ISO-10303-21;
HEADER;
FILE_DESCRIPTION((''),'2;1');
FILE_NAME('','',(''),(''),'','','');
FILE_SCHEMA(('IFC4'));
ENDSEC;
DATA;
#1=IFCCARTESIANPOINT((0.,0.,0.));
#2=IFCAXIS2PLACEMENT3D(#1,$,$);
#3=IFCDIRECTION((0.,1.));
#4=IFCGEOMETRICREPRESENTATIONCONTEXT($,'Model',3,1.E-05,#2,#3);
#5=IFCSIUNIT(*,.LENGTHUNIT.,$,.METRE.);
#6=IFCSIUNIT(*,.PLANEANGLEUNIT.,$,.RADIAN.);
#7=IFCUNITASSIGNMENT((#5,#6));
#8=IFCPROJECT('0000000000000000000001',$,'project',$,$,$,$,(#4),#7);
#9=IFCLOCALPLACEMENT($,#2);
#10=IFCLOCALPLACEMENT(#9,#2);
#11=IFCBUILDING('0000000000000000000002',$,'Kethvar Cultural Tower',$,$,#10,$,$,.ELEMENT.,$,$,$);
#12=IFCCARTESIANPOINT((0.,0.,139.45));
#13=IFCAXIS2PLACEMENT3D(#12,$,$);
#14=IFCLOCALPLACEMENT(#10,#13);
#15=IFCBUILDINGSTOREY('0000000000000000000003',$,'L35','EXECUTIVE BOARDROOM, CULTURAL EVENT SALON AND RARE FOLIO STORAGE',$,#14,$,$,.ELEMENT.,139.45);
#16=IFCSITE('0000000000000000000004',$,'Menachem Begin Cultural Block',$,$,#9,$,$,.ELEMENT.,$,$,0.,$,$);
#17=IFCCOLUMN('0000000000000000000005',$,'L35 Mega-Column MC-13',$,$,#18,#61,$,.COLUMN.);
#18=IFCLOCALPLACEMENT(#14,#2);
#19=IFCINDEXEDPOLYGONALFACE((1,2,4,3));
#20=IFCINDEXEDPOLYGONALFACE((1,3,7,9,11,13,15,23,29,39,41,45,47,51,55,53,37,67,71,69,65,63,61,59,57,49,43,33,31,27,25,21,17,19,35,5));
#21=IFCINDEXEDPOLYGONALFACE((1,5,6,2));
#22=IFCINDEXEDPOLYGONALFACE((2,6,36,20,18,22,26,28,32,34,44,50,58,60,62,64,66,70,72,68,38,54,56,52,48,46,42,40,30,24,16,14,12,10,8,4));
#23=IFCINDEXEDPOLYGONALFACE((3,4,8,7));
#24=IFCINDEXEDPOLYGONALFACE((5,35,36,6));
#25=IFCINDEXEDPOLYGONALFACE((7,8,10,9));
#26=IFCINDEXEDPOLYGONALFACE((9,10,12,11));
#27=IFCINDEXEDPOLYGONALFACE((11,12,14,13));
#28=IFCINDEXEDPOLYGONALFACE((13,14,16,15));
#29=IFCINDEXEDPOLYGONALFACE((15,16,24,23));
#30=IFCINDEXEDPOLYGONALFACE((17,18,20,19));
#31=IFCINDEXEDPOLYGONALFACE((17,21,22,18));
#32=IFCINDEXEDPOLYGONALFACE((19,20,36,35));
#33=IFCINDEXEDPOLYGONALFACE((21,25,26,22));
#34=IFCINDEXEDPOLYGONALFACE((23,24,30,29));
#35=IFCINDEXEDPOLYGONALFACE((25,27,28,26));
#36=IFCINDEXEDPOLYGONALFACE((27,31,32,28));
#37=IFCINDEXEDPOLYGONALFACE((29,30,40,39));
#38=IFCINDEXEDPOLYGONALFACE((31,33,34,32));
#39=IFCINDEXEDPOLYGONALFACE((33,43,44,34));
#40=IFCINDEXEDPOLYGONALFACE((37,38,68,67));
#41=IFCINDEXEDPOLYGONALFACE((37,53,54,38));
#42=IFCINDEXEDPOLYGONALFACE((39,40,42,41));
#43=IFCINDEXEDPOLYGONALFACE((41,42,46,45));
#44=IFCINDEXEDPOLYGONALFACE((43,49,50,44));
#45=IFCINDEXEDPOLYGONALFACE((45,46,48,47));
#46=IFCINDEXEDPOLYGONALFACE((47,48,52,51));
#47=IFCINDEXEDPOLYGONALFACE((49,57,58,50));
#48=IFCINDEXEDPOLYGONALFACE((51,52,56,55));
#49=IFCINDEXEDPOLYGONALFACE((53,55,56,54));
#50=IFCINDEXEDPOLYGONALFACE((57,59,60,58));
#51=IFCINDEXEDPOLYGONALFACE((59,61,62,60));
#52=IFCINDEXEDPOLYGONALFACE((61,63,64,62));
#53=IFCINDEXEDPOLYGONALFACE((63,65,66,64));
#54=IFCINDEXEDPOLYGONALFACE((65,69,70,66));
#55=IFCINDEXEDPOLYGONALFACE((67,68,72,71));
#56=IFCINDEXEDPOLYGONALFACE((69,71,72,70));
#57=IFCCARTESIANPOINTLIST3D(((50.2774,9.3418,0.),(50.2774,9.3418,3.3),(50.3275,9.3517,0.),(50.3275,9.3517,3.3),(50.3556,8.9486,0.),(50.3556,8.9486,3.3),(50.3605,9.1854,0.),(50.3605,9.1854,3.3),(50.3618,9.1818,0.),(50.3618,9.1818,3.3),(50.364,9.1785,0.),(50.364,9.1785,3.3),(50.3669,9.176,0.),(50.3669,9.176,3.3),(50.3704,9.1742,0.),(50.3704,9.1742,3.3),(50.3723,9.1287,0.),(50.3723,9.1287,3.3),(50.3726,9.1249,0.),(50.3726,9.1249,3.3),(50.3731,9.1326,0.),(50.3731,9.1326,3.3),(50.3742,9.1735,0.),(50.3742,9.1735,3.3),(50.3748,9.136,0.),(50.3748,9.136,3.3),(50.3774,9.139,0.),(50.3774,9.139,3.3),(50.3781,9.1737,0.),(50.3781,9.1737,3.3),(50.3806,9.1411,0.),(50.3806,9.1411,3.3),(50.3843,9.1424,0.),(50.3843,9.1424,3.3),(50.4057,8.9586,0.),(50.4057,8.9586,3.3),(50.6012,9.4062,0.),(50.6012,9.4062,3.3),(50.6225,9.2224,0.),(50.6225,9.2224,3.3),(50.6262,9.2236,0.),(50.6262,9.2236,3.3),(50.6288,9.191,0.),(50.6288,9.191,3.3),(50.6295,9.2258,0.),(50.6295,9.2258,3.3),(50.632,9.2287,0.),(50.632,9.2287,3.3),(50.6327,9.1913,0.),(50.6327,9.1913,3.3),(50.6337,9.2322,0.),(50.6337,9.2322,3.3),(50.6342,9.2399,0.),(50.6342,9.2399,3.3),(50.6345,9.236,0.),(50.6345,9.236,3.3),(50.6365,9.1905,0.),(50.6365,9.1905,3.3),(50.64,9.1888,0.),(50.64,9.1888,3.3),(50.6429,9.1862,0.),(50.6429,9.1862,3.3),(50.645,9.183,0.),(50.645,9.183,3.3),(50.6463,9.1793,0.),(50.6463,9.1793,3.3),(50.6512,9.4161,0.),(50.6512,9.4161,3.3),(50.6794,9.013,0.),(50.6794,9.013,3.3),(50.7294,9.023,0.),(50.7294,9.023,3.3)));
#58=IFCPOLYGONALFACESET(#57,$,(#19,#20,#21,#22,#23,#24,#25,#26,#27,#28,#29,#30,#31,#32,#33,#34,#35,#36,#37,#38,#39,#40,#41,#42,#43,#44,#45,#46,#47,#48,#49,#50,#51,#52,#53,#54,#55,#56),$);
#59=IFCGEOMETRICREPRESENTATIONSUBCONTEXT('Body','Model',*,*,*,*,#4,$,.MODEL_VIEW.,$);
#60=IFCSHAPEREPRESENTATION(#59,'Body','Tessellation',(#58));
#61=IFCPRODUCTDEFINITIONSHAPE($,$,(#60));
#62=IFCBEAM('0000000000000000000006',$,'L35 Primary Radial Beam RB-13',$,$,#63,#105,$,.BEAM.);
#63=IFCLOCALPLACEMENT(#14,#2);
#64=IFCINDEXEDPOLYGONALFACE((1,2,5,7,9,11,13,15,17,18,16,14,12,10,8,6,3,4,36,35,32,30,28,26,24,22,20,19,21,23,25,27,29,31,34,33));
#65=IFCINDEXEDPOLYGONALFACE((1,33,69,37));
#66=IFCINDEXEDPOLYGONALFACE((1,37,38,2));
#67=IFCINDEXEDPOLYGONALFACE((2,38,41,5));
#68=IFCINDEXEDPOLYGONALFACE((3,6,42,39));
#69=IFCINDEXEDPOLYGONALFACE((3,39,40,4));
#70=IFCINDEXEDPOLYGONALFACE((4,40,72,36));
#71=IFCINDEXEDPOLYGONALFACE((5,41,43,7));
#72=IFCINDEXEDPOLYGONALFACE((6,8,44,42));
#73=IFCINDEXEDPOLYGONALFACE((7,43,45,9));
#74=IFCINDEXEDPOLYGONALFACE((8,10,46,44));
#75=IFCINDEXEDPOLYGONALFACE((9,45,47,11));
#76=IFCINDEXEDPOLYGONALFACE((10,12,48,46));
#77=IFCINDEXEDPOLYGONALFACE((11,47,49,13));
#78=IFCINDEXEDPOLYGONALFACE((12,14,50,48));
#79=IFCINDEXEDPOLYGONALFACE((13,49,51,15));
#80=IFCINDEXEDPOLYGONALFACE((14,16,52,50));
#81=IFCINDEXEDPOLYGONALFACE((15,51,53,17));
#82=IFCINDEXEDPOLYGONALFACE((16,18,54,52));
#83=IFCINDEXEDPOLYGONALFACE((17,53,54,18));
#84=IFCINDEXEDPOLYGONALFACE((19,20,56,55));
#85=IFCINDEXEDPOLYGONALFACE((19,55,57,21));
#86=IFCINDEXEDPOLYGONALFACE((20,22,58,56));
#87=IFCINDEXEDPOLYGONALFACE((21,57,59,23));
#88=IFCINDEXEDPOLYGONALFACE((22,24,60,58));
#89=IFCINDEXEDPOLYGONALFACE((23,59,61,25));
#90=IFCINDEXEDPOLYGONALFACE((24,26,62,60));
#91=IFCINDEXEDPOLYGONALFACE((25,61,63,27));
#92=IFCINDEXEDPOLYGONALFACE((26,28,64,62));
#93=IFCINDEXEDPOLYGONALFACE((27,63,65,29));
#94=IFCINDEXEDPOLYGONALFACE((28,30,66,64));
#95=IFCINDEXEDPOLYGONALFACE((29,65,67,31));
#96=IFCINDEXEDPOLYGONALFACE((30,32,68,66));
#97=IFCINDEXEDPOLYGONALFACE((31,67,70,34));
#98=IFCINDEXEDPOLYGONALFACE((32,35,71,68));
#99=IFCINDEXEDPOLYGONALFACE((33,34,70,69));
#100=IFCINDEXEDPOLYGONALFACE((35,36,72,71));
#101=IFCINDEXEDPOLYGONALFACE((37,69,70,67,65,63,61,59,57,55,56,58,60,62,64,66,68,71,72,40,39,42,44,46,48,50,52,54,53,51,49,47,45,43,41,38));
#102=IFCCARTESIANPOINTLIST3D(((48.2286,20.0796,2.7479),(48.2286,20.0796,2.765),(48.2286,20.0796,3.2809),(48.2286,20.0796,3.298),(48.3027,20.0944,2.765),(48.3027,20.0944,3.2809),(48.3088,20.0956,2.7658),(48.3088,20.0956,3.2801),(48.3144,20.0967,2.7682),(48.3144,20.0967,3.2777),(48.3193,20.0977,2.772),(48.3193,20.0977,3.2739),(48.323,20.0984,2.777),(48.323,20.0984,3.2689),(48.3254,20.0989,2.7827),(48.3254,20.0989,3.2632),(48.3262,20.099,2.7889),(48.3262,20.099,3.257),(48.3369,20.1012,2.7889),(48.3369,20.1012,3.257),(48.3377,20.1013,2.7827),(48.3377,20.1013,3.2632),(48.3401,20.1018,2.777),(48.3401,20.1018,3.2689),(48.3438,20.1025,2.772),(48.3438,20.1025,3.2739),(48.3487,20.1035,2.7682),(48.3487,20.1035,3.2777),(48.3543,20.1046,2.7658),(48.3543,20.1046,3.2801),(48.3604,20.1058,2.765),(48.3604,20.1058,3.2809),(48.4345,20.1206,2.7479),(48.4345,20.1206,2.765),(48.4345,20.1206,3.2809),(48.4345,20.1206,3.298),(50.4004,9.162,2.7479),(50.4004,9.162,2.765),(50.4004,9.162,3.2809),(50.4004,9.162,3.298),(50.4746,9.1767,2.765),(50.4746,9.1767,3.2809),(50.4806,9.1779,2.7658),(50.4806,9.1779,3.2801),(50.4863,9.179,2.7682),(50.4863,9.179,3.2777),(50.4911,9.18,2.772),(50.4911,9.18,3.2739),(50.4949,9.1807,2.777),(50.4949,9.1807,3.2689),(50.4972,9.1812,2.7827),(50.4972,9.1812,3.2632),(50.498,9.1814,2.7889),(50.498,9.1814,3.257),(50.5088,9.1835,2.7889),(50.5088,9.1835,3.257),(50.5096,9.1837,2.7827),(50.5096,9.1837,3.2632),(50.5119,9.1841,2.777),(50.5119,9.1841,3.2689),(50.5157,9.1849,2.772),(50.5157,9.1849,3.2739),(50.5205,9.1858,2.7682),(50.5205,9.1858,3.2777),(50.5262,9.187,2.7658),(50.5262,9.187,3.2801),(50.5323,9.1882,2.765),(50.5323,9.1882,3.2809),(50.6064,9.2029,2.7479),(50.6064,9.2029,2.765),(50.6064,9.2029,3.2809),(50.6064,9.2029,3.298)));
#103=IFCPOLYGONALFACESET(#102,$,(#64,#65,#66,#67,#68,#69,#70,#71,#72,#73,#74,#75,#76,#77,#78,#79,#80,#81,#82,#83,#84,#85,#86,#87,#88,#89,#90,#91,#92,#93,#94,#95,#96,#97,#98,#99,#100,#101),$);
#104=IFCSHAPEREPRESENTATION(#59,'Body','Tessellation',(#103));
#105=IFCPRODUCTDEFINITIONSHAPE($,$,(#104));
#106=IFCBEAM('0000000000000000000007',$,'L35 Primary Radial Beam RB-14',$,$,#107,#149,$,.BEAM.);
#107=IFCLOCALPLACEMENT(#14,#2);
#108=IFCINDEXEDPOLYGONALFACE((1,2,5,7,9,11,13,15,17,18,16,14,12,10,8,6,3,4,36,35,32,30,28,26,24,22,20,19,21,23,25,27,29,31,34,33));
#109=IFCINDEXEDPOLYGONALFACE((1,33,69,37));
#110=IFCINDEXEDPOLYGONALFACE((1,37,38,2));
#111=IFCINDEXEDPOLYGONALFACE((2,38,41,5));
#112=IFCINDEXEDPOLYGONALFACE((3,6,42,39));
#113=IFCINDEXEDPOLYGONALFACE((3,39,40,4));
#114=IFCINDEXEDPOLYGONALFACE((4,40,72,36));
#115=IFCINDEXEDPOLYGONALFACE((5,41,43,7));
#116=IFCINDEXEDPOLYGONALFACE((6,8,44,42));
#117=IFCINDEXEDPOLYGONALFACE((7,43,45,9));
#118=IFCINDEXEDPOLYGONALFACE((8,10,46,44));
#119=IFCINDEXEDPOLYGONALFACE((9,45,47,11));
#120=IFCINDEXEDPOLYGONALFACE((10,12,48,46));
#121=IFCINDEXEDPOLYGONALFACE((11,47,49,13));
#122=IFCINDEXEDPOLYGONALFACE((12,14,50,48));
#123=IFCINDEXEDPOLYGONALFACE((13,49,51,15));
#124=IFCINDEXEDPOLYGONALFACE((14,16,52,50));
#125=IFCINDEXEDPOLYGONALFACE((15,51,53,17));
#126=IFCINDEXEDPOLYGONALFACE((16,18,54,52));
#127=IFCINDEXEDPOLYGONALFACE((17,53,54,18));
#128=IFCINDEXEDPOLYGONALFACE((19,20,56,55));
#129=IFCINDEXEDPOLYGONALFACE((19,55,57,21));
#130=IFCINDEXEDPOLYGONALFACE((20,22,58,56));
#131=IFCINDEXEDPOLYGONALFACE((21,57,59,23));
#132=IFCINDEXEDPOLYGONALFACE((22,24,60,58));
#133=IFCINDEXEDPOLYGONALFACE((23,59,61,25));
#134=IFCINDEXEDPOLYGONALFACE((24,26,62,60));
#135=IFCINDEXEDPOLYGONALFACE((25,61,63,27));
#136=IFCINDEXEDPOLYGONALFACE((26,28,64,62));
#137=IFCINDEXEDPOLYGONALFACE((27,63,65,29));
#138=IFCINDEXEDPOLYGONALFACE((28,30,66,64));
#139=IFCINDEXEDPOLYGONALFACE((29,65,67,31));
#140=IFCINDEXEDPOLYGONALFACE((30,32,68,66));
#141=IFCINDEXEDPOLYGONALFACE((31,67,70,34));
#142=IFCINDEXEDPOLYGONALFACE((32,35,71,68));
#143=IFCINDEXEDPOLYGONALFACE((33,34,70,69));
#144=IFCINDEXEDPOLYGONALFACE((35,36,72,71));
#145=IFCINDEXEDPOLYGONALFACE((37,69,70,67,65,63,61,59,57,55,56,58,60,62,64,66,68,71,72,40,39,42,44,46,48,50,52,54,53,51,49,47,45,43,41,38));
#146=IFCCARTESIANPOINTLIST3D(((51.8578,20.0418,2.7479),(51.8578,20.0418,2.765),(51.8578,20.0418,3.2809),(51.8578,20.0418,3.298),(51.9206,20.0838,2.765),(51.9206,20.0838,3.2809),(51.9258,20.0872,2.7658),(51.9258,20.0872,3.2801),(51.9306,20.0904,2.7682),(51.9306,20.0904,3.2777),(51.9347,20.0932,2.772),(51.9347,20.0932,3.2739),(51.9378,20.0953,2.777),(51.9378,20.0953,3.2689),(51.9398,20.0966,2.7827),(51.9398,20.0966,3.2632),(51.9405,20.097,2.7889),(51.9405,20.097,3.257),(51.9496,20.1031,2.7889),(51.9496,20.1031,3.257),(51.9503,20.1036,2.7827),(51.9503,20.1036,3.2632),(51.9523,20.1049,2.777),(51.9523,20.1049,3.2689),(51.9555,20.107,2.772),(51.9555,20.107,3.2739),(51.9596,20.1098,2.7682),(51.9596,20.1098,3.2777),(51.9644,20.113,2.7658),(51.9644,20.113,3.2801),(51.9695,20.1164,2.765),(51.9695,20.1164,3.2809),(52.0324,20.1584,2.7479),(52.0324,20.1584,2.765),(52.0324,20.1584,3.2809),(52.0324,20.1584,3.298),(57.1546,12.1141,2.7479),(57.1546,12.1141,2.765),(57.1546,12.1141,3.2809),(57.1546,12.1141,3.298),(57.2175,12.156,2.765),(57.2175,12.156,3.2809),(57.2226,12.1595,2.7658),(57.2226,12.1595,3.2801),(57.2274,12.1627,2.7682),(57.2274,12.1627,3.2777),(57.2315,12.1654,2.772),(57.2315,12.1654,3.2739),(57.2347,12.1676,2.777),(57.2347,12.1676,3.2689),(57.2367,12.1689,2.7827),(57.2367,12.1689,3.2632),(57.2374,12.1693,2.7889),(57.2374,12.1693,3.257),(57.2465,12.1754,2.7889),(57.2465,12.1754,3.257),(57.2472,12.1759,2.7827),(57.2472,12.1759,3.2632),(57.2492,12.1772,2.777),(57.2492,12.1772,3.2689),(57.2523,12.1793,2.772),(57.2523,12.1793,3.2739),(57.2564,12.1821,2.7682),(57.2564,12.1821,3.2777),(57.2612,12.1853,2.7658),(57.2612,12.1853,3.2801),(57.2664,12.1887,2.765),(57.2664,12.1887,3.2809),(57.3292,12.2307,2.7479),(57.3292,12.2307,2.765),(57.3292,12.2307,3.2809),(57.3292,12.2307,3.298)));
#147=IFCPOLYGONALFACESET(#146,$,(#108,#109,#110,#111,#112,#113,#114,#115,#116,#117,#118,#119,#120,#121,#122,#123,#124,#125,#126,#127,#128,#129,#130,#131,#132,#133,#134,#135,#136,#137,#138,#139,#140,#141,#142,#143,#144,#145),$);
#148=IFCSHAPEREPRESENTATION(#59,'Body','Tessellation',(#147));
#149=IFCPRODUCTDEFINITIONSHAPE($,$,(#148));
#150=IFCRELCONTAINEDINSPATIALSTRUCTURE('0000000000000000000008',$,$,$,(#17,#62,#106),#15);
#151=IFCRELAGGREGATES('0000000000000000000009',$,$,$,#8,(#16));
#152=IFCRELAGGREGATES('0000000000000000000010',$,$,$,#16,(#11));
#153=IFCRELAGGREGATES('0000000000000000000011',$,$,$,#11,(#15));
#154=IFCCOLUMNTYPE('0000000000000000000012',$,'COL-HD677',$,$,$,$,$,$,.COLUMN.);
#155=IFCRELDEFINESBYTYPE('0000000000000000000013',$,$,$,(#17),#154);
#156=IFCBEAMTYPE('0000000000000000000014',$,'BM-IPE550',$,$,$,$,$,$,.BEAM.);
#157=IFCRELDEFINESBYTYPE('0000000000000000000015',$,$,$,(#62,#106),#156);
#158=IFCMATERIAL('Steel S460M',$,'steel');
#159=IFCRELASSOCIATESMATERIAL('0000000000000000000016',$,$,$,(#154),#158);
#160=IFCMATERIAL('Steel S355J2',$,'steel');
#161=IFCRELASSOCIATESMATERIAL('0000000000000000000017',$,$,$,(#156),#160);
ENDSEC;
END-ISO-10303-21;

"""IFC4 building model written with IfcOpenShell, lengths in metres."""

from ifc_helpers import new_model, si_unit, direction, frame, origin, origin_2d, place, context, subcontext, project, spatial, i_section, extrude, source, transform, mapped, material, material_profile, profile_set, type_object, element, save


model = new_model("IFC4")

# Units and contexts
model_context = context("Model", 3, precision=1e-05, world=origin(), true_north=direction((0.0, 1.0)))
body_context = subcontext(model_context, "Body", "Model", "MODEL_VIEW")
ifc_project = project(units=[si_unit("LENGTHUNIT", "METRE"), si_unit("PLANEANGLEUNIT", "RADIAN")], contexts=[model_context])

# Site, building, storey
site_placement = place(None, origin())
site = spatial("IfcSite", under=ifc_project, at=site_placement, Name="Menachem Begin Cultural Block", CompositionType="ELEMENT", RefElevation=0.0)
building_placement = place(site_placement, origin())
building = spatial("IfcBuilding", under=site, at=building_placement, Name="Kethvar Cultural Tower", CompositionType="ELEMENT")
storey_placement = place(building_placement, frame((0.0, 0.0, 139.45)))
storey = spatial("IfcBuildingStorey", under=building, at=storey_placement, Name="L35", Description="EXECUTIVE BOARDROOM, CULTURAL EVENT SALON AND RARE FOLIO STORAGE", CompositionType="ELEMENT", Elevation=139.45)

# Column
ifc_material_1 = material(Name="Steel S460M", Category="steel")
ifc_material_profile_1 = material_profile(ifc_material_1, i_section(OverallWidth=0.4009, OverallDepth=0.3811, WebThickness=0.032, FlangeThickness=0.051, FilletRadius=0.0149, at=origin_2d()), Name="Steel S460M — HD400x677")
ifc_profile_set_1 = profile_set([ifc_material_profile_1], Name="Steel S460M — HD400x677")
column_type = type_object("IfcColumnType", Name="COL-HD677", PredefinedType="COLUMN", material=ifc_profile_set_1)
shared_shape_1 = source(origin(), body_context, "Body", "SweptSolid", [
    extrude(i_section(OverallWidth=0.4009, OverallDepth=0.3811, WebThickness=0.032, FlangeThickness=0.051, FilletRadius=0.0149, at=origin_2d()), origin(), (0.0, 0.0, 1.0), 3.3),
])
column_placement = place(storey_placement, frame((50.5034, 9.1824, 0.0), z_axis=(0.0, 0.0, 1.0), x_axis=(0.19509, -0.980785, 0.0)))
element("IfcColumn", 1, at=column_placement, inside=storey, type_object=column_type, Name="L35 Mega-Column MC-13", PredefinedType="COLUMN", context=body_context, shape_type="MappedRepresentation", body=[
    mapped(shared_shape_1, transform((0.0, 0.0, 0.0), scale=1.0)),
])

# Beams
ifc_material_2 = material(Name="Steel S355J2", Category="steel")
ifc_material_profile_2 = material_profile(ifc_material_2, i_section(OverallWidth=0.21, OverallDepth=0.55, WebThickness=0.011, FlangeThickness=0.0171, FilletRadius=0.0239, at=origin_2d()), Name="Steel S355J2 — IPE550")
ifc_profile_set_2 = profile_set([ifc_material_profile_2], Name="Steel S355J2 — IPE550")
beam_type_1 = type_object("IfcBeamType", Name="BM-IPE550", PredefinedType="BEAM", material=ifc_profile_set_2)
shared_shape_2 = source(origin(), body_context, "Body", "SweptSolid", [
    extrude(i_section(OverallWidth=0.21, OverallDepth=0.55, WebThickness=0.011, FlangeThickness=0.0171, FilletRadius=0.0239, at=origin_2d()), origin(), (0.0, 0.0, 1.0), 11.1316),
])
beam_1_placement = place(storey_placement, frame((48.3315, 20.1001, 3.0229), z_axis=(0.195108, -0.980782, 0.0), x_axis=(0.980782, 0.195108, 0.0)))
element("IfcBeam", 2, at=beam_1_placement, inside=storey, type_object=beam_type_1, Name="L35 Primary Radial Beam RB-13", PredefinedType="BEAM", context=body_context, shape_type="MappedRepresentation", body=[
    mapped(shared_shape_2, transform((0.0, 0.0, 0.0), scale=1.0)),
])
shared_shape_3 = source(origin(), body_context, "Body", "SweptSolid", [
    extrude(i_section(OverallWidth=0.21, OverallDepth=0.55, WebThickness=0.011, FlangeThickness=0.0171, FilletRadius=0.0239, at=origin_2d()), origin(), (0.0, 0.0, 1.0), 9.5344),
])
beam_2_placement = place(storey_placement, frame((51.9451, 20.1001, 3.0229), z_axis=(0.555551, -0.831483, 0.0), x_axis=(0.831483, 0.555551, 0.0)))
element("IfcBeam", 3, at=beam_2_placement, inside=storey, type_object=beam_type_1, Name="L35 Primary Radial Beam RB-14", PredefinedType="BEAM", context=body_context, shape_type="MappedRepresentation", body=[
    mapped(shared_shape_3, transform((0.0, 0.0, 0.0), scale=1.0)),
])

save(model, "model.ifc")
